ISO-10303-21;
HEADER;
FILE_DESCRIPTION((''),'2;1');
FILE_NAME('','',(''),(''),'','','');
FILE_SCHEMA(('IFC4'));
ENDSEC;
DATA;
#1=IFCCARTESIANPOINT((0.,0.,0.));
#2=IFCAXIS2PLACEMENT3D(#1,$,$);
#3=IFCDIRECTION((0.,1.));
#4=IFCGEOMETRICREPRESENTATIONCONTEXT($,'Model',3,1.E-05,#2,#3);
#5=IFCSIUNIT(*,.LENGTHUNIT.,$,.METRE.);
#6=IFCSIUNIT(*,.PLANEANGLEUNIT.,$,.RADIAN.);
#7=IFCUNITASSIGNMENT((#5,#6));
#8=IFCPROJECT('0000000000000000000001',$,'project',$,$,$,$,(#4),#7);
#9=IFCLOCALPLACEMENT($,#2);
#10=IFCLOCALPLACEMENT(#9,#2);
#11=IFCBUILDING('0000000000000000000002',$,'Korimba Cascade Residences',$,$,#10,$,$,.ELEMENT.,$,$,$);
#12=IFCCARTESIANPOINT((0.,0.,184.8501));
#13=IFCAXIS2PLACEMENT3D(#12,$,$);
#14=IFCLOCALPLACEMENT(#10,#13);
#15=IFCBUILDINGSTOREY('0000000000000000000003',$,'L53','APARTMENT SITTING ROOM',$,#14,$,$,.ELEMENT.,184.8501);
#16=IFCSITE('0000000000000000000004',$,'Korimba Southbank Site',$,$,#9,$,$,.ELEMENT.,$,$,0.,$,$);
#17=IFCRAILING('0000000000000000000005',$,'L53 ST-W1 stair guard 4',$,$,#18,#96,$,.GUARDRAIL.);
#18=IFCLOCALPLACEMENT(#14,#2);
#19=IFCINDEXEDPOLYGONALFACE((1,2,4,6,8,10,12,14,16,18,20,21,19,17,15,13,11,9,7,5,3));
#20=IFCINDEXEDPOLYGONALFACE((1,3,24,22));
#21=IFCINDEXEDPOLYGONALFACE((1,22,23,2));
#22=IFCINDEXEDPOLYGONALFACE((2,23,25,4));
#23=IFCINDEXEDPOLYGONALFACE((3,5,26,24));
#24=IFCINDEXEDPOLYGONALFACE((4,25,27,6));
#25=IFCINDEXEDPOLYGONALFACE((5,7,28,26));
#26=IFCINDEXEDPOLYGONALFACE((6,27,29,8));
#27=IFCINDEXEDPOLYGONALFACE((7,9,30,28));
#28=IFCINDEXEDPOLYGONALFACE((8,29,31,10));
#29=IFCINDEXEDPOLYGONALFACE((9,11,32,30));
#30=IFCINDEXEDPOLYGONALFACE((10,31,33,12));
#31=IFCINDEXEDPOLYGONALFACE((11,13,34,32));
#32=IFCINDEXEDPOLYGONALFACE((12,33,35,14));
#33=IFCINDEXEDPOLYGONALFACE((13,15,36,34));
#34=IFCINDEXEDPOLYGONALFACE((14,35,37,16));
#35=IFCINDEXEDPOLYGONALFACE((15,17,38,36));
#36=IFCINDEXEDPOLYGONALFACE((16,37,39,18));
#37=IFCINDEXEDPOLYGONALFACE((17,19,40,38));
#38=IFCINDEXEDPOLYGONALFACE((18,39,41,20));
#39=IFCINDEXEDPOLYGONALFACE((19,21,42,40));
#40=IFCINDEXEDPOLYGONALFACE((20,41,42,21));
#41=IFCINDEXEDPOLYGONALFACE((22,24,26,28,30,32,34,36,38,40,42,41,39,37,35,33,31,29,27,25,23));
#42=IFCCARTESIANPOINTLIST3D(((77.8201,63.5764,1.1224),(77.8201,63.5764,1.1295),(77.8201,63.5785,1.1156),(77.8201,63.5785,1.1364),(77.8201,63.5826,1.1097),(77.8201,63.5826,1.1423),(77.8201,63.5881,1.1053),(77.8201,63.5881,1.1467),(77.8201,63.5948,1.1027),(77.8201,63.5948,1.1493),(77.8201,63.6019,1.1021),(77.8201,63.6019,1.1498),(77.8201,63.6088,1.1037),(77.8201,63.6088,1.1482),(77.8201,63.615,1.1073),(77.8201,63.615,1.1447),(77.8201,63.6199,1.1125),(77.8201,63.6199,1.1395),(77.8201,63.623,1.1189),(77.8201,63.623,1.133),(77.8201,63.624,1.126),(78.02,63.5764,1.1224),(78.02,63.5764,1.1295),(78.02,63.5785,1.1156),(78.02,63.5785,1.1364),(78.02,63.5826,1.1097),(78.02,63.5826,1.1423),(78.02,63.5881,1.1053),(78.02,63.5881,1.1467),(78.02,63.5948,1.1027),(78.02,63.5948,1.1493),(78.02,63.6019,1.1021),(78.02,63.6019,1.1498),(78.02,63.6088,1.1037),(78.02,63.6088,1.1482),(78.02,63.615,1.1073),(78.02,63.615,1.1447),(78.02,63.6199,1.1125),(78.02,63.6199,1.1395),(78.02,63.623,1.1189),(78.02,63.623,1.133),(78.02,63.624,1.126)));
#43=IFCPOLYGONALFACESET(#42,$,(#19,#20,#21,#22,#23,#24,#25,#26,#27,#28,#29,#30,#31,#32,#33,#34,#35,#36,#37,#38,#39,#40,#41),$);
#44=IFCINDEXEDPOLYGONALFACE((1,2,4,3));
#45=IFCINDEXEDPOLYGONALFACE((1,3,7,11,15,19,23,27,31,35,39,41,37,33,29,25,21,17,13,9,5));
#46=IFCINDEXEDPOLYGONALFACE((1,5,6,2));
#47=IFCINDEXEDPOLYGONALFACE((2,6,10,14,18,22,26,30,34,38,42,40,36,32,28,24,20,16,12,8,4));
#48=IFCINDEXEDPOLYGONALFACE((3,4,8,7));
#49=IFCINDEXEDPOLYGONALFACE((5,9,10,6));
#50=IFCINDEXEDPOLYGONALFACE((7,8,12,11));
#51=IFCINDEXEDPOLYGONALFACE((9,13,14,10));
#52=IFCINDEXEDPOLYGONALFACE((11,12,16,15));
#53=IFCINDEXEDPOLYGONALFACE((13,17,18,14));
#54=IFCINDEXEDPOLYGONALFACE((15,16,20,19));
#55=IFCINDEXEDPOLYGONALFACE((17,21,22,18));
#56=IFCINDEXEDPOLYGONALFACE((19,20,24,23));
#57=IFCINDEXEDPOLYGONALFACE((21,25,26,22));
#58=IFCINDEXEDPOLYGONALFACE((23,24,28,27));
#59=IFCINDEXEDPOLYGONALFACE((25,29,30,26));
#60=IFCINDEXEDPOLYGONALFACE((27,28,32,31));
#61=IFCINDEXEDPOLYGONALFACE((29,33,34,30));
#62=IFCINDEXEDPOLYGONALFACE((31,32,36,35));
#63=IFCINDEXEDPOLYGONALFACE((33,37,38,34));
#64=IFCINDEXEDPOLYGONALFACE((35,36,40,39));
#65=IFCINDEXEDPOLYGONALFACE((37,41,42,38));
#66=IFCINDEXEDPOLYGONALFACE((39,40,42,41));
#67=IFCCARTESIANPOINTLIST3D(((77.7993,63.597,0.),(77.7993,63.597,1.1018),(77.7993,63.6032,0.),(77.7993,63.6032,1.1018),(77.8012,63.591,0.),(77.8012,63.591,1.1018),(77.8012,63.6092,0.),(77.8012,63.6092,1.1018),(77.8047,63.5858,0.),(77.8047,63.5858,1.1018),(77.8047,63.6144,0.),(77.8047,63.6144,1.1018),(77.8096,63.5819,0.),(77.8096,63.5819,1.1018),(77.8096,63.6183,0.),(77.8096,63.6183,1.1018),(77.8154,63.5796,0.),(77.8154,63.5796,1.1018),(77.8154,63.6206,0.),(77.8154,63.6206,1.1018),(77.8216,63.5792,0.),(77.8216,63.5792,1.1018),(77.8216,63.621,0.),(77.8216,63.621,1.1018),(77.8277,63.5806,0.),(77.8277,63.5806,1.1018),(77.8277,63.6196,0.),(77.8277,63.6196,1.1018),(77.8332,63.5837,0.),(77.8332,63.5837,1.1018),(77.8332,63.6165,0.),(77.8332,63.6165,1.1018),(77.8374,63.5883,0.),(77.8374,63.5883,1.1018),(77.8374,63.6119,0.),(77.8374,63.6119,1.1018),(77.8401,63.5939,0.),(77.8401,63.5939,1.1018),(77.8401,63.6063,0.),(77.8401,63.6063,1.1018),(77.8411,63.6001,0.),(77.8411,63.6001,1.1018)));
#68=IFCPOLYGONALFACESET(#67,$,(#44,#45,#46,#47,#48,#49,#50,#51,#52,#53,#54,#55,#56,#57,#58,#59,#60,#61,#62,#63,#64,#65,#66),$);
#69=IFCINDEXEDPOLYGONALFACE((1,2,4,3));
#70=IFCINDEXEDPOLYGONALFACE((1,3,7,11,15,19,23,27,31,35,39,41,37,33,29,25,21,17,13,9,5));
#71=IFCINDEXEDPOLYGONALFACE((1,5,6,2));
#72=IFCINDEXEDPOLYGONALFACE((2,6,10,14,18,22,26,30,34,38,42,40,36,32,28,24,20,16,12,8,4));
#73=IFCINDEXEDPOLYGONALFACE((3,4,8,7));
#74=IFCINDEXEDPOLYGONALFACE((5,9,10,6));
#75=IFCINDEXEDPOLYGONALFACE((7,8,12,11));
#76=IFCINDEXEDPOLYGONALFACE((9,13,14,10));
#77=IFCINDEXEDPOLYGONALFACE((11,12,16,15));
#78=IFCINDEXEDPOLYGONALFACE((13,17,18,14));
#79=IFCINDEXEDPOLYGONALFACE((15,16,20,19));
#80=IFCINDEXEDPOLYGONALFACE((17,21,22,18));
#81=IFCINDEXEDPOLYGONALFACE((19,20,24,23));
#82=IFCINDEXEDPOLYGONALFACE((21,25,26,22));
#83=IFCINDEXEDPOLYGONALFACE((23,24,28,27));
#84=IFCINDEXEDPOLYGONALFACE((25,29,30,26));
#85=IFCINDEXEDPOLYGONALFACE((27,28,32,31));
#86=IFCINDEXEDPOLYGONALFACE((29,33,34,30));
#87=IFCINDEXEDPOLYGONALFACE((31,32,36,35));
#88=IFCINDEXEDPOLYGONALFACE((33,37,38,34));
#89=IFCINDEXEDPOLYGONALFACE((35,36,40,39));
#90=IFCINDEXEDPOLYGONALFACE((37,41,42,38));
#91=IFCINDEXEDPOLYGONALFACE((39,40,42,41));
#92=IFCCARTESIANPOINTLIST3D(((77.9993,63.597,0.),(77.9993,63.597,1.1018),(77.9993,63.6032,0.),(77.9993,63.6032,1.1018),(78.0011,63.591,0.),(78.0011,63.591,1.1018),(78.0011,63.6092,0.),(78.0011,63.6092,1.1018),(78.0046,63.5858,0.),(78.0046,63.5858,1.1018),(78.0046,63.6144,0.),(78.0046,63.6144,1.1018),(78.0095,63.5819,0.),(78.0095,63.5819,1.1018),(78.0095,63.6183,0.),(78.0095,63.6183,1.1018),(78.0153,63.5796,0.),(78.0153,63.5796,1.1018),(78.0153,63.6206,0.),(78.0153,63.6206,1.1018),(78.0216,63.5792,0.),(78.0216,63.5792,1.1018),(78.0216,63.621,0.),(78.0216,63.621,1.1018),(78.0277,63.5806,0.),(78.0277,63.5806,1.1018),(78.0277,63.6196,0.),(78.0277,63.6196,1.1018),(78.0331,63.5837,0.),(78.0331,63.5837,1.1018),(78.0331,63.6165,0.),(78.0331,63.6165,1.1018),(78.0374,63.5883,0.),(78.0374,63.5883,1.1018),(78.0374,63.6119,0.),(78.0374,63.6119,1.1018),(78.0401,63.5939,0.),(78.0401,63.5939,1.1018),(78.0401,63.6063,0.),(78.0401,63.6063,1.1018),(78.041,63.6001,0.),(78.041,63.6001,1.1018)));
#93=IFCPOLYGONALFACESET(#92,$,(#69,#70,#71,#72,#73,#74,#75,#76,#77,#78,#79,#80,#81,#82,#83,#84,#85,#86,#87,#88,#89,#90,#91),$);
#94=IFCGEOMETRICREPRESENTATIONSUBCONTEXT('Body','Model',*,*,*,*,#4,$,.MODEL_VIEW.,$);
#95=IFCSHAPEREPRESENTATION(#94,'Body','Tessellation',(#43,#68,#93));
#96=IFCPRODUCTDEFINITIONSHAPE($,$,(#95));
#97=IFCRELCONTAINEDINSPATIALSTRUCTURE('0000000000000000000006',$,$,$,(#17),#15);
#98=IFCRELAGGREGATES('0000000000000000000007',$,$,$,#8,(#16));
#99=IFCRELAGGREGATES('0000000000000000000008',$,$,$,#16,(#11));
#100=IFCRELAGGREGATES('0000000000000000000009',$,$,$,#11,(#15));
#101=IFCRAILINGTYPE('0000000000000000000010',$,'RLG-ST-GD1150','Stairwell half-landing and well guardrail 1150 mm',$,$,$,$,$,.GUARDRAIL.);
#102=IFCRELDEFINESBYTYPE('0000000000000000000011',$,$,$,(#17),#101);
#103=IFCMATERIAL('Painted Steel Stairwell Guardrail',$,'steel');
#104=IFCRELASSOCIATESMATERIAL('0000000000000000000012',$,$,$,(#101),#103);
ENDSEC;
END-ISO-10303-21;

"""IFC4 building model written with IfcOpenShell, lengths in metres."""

from ifc_helpers import new_model, si_unit, direction, frame, origin, origin_2d, place, context, subcontext, project, spatial, circle, extrude, material, type_object, element, save


model = new_model("IFC4")

# Units and contexts
model_context = context("Model", 3, precision=1e-05, world=origin(), true_north=direction((0.0, 1.0)))
body_context = subcontext(model_context, "Body", "Model", "MODEL_VIEW")
ifc_project = project(units=[si_unit("LENGTHUNIT", "METRE"), si_unit("PLANEANGLEUNIT", "RADIAN")], contexts=[model_context])

# Site, building, storey
site_placement = place(None, origin())
site = spatial("IfcSite", under=ifc_project, at=site_placement, Name="Korimba Southbank Site", CompositionType="ELEMENT", RefElevation=0.0)
building_placement = place(site_placement, origin())
building = spatial("IfcBuilding", under=site, at=building_placement, Name="Korimba Cascade Residences", CompositionType="ELEMENT")
storey_placement = place(building_placement, frame((0.0, 0.0, 184.8501)))
storey = spatial("IfcBuildingStorey", under=building, at=storey_placement, Name="L53", Description="APARTMENT SITTING ROOM", CompositionType="ELEMENT", Elevation=184.8501)

# Railing
ifc_material_1 = material(Name="Painted Steel Stairwell Guardrail", Category="steel")
railing_type_1 = type_object("IfcRailingType", Name="RLG-ST-GD1150", Description="Stairwell half-landing and well guardrail 1150 mm", PredefinedType="GUARDRAIL", material=ifc_material_1)
railing_1_placement = place(storey_placement, frame((77.8201, 63.6001, 0.0)))
element("IfcRailing", 1, at=railing_1_placement, inside=storey, type_object=railing_type_1, Name="L53 ST-W1 stair guard 4", PredefinedType="GUARDRAIL", context=body_context, shape_type="SweptSolid", body=[
    extrude(circle(Radius=0.0239, at=origin_2d()), frame((0.0, 0.0, 1.126), z_axis=(1.0, 0.0, 0.0), x_axis=(0.0, 1.0, 0.0)), (0.0, 0.0, 1.0), 0.2),
    extrude(circle(Radius=0.021, at=origin_2d()), origin(), (0.0, 0.0, 1.0), 1.1018),
    extrude(circle(Radius=0.021, at=origin_2d()), frame((0.2, 0.0, 0.0)), (0.0, 0.0, 1.0), 1.1018),
])

save(model, "model.ifc")
